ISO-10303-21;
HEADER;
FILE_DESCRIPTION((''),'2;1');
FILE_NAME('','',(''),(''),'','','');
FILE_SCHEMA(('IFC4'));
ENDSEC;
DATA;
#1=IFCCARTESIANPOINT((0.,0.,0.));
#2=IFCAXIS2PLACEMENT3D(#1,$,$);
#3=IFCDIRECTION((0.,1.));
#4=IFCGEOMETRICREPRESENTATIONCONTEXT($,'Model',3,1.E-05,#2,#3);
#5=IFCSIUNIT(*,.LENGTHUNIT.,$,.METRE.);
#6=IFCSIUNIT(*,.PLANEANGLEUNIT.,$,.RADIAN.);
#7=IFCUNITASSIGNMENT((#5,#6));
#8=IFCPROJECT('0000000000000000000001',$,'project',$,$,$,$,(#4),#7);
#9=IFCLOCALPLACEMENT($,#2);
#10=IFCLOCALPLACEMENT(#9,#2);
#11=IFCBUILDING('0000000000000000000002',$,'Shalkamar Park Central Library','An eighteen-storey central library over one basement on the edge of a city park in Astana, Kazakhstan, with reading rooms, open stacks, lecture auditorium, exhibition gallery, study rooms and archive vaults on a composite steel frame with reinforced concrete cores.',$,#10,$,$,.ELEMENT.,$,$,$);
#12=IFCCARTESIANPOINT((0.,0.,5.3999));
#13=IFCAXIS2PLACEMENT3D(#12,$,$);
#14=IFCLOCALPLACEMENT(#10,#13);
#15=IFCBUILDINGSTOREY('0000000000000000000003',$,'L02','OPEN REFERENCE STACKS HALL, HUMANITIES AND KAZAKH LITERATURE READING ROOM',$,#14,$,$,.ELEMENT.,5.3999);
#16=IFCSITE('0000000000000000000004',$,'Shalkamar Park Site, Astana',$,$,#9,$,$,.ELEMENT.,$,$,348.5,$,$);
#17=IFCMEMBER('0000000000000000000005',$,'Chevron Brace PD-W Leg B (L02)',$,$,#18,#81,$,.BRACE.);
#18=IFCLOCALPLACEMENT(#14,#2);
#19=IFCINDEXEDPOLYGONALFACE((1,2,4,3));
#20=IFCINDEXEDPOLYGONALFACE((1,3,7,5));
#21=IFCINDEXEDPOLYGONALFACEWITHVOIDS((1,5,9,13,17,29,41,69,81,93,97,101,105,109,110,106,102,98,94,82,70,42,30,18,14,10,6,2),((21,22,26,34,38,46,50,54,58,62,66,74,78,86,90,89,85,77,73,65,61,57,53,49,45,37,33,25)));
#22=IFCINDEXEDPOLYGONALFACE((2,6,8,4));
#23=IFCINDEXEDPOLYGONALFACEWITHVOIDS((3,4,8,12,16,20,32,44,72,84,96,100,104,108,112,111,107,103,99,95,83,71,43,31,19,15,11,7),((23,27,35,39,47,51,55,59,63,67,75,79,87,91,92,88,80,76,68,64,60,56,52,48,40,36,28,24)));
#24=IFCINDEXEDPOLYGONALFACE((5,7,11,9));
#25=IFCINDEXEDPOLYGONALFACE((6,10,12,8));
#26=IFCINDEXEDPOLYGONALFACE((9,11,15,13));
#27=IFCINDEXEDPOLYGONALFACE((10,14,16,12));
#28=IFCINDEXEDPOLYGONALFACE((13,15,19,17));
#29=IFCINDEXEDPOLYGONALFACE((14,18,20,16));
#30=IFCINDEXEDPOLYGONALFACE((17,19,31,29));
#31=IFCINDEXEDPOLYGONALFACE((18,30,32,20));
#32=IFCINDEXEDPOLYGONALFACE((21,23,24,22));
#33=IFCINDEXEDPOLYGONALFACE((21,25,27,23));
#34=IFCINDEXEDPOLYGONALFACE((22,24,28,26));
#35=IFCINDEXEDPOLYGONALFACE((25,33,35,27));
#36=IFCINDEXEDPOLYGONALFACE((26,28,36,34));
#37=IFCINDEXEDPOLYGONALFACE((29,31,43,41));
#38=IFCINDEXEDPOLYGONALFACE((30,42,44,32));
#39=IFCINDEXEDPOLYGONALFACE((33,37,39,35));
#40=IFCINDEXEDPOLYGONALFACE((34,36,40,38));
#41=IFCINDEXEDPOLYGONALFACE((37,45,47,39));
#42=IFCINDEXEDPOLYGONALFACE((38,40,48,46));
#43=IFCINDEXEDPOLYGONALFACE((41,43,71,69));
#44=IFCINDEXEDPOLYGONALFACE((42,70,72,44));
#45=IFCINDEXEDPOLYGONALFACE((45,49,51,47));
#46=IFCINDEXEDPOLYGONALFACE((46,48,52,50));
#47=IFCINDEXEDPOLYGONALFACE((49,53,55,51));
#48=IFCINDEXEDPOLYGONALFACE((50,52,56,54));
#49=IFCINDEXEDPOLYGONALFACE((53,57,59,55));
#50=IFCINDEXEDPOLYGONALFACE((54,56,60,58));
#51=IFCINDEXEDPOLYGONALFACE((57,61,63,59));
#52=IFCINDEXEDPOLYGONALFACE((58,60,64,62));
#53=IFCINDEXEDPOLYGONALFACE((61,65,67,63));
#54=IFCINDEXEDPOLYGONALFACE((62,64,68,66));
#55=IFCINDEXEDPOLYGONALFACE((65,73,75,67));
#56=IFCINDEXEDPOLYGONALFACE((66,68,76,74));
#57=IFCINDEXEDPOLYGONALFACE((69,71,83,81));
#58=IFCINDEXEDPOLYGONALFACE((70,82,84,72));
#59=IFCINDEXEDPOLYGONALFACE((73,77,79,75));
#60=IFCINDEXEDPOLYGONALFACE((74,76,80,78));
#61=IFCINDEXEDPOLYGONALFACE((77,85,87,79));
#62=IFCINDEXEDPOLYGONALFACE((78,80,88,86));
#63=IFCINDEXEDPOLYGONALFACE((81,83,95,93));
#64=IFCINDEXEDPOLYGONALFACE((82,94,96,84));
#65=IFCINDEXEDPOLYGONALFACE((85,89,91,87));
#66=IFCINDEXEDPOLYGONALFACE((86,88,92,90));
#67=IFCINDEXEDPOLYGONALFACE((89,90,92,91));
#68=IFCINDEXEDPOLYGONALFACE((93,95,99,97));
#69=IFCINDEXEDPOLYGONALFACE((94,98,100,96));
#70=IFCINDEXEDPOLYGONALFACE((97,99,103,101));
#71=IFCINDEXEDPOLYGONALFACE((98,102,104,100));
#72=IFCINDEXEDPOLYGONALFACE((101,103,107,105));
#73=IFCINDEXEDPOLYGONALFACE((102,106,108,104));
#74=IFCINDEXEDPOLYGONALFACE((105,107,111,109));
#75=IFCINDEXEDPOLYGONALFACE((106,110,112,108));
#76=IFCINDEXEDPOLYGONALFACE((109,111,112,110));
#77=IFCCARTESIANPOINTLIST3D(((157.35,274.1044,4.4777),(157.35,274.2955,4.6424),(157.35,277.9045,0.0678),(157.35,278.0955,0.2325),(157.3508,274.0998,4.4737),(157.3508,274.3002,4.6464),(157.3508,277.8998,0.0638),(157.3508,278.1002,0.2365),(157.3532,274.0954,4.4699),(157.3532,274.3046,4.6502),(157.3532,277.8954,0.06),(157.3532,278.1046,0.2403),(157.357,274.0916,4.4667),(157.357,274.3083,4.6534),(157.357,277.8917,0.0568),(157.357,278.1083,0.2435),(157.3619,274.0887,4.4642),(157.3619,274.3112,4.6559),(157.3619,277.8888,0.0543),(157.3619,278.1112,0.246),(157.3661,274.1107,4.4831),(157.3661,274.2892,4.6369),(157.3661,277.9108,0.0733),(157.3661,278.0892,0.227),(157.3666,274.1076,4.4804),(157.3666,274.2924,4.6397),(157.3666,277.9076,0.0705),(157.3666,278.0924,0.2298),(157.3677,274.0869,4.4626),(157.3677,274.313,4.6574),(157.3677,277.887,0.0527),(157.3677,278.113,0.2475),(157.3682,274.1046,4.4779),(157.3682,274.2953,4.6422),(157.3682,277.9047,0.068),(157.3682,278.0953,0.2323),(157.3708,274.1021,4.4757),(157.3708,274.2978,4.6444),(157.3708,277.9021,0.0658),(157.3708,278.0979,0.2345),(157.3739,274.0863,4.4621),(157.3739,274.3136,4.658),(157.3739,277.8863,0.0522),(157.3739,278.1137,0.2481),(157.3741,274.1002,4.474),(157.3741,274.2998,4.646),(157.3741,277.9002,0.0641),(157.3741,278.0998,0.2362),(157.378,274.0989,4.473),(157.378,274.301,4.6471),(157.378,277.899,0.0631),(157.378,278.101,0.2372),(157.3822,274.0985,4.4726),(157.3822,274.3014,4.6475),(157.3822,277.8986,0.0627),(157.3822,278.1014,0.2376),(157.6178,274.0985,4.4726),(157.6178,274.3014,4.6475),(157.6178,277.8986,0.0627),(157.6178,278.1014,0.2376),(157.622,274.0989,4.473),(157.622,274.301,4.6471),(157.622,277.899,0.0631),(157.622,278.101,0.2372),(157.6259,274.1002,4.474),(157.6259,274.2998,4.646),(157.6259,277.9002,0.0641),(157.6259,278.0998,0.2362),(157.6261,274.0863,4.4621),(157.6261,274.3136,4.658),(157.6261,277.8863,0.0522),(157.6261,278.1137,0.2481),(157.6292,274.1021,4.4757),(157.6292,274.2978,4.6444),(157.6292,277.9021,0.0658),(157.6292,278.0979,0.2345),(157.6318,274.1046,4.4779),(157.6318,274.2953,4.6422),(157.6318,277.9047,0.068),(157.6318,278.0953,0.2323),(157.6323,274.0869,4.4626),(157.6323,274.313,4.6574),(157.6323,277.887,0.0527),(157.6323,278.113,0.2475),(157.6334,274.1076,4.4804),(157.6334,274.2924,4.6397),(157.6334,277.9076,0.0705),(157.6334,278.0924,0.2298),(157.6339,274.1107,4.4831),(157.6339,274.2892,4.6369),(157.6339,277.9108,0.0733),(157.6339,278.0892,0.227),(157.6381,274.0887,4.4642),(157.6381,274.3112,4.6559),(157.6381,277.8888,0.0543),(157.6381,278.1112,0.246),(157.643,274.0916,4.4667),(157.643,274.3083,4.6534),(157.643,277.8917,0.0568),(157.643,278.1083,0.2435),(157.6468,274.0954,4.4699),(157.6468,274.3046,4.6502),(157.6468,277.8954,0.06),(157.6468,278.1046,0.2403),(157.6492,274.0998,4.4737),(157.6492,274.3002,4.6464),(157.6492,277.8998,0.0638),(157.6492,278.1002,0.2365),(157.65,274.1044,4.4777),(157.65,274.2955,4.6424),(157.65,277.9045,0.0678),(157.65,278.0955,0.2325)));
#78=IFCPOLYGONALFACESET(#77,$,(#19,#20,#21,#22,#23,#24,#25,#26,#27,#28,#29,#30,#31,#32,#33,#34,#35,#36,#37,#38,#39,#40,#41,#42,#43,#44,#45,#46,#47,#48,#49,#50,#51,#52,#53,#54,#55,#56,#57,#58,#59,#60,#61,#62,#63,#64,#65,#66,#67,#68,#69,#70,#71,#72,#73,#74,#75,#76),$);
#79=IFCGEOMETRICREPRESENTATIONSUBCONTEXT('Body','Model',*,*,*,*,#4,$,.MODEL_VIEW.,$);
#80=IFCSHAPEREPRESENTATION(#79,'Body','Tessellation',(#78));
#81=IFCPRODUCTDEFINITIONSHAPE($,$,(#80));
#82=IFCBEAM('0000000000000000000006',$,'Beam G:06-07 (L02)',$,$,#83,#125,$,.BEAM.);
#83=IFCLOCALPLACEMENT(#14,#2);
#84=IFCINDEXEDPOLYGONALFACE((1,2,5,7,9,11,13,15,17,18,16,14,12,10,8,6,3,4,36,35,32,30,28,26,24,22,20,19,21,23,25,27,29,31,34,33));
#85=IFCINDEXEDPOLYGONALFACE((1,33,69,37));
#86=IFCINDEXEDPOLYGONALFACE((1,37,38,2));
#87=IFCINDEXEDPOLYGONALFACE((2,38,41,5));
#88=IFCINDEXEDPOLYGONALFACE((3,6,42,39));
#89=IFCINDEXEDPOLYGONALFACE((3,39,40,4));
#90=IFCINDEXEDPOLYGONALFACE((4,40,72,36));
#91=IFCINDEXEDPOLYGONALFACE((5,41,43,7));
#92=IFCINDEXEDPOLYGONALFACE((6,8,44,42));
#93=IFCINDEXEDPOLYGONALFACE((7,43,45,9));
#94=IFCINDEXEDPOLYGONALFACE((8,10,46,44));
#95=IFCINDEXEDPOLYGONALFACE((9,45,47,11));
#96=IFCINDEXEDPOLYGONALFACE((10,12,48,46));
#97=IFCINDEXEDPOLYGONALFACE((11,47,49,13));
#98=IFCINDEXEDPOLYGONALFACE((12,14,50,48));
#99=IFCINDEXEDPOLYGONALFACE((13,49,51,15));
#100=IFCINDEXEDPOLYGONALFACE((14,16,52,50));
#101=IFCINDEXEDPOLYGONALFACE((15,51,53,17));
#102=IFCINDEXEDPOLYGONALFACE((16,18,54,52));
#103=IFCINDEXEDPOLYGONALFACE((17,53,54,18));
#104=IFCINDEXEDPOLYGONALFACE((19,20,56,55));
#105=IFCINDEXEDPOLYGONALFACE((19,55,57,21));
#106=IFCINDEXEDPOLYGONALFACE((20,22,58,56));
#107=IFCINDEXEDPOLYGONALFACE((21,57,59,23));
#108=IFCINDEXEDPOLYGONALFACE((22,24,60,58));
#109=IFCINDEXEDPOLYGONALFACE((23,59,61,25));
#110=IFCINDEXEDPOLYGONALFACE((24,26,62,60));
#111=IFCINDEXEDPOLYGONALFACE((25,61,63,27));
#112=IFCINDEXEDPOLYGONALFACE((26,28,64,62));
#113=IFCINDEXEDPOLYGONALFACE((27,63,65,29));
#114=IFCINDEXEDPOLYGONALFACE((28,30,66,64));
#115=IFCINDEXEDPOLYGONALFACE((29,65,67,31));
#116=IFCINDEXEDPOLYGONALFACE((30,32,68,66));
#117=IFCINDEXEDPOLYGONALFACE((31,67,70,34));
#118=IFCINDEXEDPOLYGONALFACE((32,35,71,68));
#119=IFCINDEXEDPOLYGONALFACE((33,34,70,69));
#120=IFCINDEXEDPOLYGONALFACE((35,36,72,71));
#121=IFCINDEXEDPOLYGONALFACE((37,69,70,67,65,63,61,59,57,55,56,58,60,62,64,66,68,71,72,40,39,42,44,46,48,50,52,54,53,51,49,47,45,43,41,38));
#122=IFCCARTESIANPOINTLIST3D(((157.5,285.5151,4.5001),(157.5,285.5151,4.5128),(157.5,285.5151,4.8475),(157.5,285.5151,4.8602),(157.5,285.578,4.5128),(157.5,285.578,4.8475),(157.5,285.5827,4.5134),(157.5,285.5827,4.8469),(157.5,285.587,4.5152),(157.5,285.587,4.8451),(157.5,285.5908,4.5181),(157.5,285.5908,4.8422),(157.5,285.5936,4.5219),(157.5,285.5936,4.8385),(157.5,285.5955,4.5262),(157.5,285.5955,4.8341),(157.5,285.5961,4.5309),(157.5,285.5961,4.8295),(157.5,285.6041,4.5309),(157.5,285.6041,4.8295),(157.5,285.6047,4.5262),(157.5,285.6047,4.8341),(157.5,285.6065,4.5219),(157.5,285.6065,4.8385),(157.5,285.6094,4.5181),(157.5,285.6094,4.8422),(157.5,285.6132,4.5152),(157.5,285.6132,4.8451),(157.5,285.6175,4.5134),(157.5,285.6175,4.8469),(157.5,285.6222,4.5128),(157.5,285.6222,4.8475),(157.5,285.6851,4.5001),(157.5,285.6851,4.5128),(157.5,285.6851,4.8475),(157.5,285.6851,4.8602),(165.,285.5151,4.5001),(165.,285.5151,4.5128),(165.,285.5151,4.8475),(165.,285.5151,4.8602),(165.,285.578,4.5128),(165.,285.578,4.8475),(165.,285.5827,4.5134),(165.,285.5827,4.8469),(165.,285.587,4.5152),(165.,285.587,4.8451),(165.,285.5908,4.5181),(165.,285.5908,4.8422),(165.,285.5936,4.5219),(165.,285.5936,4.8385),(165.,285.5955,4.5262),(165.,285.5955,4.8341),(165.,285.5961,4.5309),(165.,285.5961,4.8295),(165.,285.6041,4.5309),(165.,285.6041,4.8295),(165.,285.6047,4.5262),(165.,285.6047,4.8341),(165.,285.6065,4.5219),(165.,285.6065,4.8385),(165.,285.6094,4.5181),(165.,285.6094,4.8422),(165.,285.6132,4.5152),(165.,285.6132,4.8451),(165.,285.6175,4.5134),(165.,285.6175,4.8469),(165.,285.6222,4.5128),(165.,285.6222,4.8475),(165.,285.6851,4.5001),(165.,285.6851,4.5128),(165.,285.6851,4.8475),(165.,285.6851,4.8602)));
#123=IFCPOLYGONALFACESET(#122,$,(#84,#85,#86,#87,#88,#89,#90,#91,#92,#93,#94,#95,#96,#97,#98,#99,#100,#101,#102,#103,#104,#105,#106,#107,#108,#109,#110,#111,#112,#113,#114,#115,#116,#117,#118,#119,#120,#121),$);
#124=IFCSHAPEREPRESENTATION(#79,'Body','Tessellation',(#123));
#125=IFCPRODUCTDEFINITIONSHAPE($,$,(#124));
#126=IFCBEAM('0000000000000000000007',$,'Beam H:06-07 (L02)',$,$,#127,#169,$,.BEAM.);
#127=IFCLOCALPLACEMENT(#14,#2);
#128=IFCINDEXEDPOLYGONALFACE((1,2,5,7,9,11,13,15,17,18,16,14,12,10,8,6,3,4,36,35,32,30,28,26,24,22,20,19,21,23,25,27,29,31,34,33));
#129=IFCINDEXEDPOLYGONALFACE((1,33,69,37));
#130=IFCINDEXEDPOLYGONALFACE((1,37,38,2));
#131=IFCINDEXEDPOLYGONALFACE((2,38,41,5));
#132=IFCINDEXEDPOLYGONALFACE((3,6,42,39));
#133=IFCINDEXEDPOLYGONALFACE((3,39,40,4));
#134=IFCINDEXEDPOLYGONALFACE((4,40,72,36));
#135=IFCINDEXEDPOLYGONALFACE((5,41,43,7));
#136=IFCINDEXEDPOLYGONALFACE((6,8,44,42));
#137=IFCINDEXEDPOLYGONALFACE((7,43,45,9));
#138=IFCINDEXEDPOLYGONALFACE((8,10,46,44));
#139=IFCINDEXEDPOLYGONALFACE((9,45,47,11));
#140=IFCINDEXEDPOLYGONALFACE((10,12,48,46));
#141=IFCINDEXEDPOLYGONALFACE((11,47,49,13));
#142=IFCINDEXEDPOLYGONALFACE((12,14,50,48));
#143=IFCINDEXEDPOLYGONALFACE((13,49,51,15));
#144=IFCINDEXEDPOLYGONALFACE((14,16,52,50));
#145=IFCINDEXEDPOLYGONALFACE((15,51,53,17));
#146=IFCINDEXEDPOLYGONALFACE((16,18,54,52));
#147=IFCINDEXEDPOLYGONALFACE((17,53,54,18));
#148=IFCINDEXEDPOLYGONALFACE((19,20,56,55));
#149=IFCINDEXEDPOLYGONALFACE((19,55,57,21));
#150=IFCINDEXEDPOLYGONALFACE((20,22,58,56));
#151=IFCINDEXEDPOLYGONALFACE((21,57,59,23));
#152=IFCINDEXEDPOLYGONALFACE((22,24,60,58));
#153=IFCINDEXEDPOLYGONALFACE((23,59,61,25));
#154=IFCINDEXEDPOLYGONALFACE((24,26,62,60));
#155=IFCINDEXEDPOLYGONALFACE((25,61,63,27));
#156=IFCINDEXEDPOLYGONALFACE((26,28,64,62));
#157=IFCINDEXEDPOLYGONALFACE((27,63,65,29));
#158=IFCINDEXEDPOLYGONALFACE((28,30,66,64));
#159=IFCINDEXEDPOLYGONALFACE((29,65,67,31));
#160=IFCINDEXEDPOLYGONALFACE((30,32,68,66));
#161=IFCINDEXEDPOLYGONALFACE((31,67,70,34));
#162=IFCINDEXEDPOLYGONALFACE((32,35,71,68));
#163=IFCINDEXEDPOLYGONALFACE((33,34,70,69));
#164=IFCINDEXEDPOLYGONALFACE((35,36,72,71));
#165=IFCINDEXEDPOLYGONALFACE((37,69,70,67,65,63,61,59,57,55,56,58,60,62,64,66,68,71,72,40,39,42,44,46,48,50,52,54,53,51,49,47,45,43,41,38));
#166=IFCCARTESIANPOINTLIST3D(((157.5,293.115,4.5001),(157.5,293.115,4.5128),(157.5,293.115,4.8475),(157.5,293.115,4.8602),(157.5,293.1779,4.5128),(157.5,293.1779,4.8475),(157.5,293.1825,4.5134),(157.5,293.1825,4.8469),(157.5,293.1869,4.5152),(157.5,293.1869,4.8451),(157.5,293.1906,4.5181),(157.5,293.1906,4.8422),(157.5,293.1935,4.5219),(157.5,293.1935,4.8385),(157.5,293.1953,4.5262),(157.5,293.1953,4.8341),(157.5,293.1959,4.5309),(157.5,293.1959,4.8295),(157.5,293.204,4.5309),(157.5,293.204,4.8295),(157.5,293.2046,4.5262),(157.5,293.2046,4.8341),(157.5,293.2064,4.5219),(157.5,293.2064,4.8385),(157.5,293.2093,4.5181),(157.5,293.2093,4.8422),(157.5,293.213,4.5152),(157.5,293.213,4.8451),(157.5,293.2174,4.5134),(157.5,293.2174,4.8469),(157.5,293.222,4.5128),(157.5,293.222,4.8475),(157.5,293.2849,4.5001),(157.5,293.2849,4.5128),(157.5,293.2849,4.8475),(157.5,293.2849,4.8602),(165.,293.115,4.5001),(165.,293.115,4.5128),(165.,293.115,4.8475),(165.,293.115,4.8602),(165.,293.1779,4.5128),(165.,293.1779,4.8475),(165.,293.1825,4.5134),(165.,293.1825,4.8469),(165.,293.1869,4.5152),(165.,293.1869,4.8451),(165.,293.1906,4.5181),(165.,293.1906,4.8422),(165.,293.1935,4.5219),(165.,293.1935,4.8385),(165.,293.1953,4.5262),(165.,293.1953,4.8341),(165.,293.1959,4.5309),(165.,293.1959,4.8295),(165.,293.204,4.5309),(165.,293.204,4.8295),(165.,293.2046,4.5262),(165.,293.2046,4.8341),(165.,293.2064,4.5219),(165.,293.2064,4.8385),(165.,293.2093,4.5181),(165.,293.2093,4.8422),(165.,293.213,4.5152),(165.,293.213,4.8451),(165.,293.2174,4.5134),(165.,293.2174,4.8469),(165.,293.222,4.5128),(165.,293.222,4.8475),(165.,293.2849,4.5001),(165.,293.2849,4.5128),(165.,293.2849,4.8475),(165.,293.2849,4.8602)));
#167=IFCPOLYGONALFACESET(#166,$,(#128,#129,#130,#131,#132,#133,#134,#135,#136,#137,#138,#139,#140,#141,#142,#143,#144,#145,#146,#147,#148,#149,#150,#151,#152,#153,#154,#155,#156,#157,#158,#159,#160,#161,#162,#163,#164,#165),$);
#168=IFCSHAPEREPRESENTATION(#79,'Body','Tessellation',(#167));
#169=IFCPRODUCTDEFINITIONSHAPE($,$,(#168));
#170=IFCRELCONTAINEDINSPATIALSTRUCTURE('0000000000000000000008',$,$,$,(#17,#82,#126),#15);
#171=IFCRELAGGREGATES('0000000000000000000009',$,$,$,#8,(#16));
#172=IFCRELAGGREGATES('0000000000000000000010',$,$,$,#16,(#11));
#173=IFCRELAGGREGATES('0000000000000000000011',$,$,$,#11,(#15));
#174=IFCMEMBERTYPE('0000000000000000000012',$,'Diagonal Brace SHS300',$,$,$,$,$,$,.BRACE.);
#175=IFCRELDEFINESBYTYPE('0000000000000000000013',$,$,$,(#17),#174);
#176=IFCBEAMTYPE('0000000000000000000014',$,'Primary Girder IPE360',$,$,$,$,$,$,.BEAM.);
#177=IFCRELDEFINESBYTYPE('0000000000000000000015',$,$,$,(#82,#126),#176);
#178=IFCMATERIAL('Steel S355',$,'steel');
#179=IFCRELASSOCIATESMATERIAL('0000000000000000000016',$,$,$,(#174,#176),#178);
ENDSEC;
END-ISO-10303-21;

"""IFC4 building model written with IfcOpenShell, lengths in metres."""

from ifc_helpers import new_model, si_unit, direction, frame, origin, origin_2d, place, context, subcontext, project, spatial, hollow_rectangle, i_section, extrude, material, material_profile, profile_set, type_object, element, save


model = new_model("IFC4")

# Units and contexts
model_context = context("Model", 3, precision=1e-05, world=origin(), true_north=direction((0.0, 1.0)))
body_context = subcontext(model_context, "Body", "Model", "MODEL_VIEW")
ifc_project = project(units=[si_unit("LENGTHUNIT", "METRE"), si_unit("PLANEANGLEUNIT", "RADIAN")], contexts=[model_context])

# Site, building, storey
site_placement = place(None, origin())
site = spatial("IfcSite", under=ifc_project, at=site_placement, Name="Shalkamar Park Site, Astana", CompositionType="ELEMENT", RefElevation=348.5)
building_placement = place(site_placement, origin())
building = spatial("IfcBuilding", under=site, at=building_placement, Name="Shalkamar Park Central Library", Description="An eighteen-storey central library over one basement on the edge of a city park in Astana, Kazakhstan, with reading rooms, open stacks, lecture auditorium, exhibition gallery, study rooms and archive vaults on a composite steel frame with reinforced concrete cores.", CompositionType="ELEMENT")
storey_placement = place(building_placement, frame((0.0, 0.0, 5.3999)))
storey = spatial("IfcBuildingStorey", under=building, at=storey_placement, Name="L02", Description="OPEN REFERENCE STACKS HALL, HUMANITIES AND KAZAKH LITERATURE READING ROOM", CompositionType="ELEMENT", Elevation=5.3999)

# Shared definitions
ifc_material = material(Name="Steel S355", Category="steel")

# Member
ifc_material_profile_1 = material_profile(ifc_material, hollow_rectangle(XDim=0.3, YDim=0.3, WallThickness=0.0161, InnerFilletRadius=0.0161, OuterFilletRadius=0.0239, at=origin_2d()), Name="SHS 300x300x16")
ifc_profile_set_1 = profile_set([ifc_material_profile_1], Name="Steel S355")
member_type = type_object("IfcMemberType", Name="Diagonal Brace SHS300", PredefinedType="BRACE", material=ifc_profile_set_1)
member_placement = place(storey_placement, frame((157.5, 278.0, 0.1501), z_axis=(0.0, -0.652782, 0.757546), x_axis=(1.0, 0.0, 0.0)))
element("IfcMember", 1, at=member_placement, inside=storey, type_object=member_type, Name="Chevron Brace PD-W Leg B (L02)", PredefinedType="BRACE", context=body_context, shape_type="SweptSolid", body=[
    extrude(hollow_rectangle(XDim=0.3, YDim=0.3, WallThickness=0.0161, InnerFilletRadius=0.0161, OuterFilletRadius=0.0239, at=origin_2d()), origin(), (0.0, 0.0, 1.0), 5.8213),
])

# Beams
ifc_material_profile_2 = material_profile(ifc_material, i_section(OverallWidth=0.1699, OverallDepth=0.3601, WebThickness=0.0081, FlangeThickness=0.0127, FilletRadius=0.0181, at=origin_2d()), Name="IPE 360")
ifc_profile_set_2 = profile_set([ifc_material_profile_2], Name="Steel S355")
beam_type_1 = type_object("IfcBeamType", Name="Primary Girder IPE360", PredefinedType="BEAM", material=ifc_profile_set_2)
for number, where, z_axis, x_axis, name in (
    (2, (157.5, 285.6001, 4.6802), (1.0, 0.0, 0.0), (0.0, 1.0, 0.0), "Beam G:06-07 (L02)"),
    (3, (157.5, 293.2, 4.6802), (1.0, 0.0, 0.0), (0.0, 1.0, 0.0), "Beam H:06-07 (L02)"),
):
    element("IfcBeam", number, at=place(storey_placement, frame(where, z_axis=z_axis, x_axis=x_axis)), inside=storey, type_object=beam_type_1, Name=name, PredefinedType="BEAM", context=body_context, shape_type="SweptSolid", body=[
        extrude(i_section(OverallWidth=0.1699, OverallDepth=0.3601, WebThickness=0.0081, FlangeThickness=0.0127, FilletRadius=0.0181, at=origin_2d()), origin(), (0.0, 0.0, 1.0), 7.5),
    ])

save(model, "model.ifc")
